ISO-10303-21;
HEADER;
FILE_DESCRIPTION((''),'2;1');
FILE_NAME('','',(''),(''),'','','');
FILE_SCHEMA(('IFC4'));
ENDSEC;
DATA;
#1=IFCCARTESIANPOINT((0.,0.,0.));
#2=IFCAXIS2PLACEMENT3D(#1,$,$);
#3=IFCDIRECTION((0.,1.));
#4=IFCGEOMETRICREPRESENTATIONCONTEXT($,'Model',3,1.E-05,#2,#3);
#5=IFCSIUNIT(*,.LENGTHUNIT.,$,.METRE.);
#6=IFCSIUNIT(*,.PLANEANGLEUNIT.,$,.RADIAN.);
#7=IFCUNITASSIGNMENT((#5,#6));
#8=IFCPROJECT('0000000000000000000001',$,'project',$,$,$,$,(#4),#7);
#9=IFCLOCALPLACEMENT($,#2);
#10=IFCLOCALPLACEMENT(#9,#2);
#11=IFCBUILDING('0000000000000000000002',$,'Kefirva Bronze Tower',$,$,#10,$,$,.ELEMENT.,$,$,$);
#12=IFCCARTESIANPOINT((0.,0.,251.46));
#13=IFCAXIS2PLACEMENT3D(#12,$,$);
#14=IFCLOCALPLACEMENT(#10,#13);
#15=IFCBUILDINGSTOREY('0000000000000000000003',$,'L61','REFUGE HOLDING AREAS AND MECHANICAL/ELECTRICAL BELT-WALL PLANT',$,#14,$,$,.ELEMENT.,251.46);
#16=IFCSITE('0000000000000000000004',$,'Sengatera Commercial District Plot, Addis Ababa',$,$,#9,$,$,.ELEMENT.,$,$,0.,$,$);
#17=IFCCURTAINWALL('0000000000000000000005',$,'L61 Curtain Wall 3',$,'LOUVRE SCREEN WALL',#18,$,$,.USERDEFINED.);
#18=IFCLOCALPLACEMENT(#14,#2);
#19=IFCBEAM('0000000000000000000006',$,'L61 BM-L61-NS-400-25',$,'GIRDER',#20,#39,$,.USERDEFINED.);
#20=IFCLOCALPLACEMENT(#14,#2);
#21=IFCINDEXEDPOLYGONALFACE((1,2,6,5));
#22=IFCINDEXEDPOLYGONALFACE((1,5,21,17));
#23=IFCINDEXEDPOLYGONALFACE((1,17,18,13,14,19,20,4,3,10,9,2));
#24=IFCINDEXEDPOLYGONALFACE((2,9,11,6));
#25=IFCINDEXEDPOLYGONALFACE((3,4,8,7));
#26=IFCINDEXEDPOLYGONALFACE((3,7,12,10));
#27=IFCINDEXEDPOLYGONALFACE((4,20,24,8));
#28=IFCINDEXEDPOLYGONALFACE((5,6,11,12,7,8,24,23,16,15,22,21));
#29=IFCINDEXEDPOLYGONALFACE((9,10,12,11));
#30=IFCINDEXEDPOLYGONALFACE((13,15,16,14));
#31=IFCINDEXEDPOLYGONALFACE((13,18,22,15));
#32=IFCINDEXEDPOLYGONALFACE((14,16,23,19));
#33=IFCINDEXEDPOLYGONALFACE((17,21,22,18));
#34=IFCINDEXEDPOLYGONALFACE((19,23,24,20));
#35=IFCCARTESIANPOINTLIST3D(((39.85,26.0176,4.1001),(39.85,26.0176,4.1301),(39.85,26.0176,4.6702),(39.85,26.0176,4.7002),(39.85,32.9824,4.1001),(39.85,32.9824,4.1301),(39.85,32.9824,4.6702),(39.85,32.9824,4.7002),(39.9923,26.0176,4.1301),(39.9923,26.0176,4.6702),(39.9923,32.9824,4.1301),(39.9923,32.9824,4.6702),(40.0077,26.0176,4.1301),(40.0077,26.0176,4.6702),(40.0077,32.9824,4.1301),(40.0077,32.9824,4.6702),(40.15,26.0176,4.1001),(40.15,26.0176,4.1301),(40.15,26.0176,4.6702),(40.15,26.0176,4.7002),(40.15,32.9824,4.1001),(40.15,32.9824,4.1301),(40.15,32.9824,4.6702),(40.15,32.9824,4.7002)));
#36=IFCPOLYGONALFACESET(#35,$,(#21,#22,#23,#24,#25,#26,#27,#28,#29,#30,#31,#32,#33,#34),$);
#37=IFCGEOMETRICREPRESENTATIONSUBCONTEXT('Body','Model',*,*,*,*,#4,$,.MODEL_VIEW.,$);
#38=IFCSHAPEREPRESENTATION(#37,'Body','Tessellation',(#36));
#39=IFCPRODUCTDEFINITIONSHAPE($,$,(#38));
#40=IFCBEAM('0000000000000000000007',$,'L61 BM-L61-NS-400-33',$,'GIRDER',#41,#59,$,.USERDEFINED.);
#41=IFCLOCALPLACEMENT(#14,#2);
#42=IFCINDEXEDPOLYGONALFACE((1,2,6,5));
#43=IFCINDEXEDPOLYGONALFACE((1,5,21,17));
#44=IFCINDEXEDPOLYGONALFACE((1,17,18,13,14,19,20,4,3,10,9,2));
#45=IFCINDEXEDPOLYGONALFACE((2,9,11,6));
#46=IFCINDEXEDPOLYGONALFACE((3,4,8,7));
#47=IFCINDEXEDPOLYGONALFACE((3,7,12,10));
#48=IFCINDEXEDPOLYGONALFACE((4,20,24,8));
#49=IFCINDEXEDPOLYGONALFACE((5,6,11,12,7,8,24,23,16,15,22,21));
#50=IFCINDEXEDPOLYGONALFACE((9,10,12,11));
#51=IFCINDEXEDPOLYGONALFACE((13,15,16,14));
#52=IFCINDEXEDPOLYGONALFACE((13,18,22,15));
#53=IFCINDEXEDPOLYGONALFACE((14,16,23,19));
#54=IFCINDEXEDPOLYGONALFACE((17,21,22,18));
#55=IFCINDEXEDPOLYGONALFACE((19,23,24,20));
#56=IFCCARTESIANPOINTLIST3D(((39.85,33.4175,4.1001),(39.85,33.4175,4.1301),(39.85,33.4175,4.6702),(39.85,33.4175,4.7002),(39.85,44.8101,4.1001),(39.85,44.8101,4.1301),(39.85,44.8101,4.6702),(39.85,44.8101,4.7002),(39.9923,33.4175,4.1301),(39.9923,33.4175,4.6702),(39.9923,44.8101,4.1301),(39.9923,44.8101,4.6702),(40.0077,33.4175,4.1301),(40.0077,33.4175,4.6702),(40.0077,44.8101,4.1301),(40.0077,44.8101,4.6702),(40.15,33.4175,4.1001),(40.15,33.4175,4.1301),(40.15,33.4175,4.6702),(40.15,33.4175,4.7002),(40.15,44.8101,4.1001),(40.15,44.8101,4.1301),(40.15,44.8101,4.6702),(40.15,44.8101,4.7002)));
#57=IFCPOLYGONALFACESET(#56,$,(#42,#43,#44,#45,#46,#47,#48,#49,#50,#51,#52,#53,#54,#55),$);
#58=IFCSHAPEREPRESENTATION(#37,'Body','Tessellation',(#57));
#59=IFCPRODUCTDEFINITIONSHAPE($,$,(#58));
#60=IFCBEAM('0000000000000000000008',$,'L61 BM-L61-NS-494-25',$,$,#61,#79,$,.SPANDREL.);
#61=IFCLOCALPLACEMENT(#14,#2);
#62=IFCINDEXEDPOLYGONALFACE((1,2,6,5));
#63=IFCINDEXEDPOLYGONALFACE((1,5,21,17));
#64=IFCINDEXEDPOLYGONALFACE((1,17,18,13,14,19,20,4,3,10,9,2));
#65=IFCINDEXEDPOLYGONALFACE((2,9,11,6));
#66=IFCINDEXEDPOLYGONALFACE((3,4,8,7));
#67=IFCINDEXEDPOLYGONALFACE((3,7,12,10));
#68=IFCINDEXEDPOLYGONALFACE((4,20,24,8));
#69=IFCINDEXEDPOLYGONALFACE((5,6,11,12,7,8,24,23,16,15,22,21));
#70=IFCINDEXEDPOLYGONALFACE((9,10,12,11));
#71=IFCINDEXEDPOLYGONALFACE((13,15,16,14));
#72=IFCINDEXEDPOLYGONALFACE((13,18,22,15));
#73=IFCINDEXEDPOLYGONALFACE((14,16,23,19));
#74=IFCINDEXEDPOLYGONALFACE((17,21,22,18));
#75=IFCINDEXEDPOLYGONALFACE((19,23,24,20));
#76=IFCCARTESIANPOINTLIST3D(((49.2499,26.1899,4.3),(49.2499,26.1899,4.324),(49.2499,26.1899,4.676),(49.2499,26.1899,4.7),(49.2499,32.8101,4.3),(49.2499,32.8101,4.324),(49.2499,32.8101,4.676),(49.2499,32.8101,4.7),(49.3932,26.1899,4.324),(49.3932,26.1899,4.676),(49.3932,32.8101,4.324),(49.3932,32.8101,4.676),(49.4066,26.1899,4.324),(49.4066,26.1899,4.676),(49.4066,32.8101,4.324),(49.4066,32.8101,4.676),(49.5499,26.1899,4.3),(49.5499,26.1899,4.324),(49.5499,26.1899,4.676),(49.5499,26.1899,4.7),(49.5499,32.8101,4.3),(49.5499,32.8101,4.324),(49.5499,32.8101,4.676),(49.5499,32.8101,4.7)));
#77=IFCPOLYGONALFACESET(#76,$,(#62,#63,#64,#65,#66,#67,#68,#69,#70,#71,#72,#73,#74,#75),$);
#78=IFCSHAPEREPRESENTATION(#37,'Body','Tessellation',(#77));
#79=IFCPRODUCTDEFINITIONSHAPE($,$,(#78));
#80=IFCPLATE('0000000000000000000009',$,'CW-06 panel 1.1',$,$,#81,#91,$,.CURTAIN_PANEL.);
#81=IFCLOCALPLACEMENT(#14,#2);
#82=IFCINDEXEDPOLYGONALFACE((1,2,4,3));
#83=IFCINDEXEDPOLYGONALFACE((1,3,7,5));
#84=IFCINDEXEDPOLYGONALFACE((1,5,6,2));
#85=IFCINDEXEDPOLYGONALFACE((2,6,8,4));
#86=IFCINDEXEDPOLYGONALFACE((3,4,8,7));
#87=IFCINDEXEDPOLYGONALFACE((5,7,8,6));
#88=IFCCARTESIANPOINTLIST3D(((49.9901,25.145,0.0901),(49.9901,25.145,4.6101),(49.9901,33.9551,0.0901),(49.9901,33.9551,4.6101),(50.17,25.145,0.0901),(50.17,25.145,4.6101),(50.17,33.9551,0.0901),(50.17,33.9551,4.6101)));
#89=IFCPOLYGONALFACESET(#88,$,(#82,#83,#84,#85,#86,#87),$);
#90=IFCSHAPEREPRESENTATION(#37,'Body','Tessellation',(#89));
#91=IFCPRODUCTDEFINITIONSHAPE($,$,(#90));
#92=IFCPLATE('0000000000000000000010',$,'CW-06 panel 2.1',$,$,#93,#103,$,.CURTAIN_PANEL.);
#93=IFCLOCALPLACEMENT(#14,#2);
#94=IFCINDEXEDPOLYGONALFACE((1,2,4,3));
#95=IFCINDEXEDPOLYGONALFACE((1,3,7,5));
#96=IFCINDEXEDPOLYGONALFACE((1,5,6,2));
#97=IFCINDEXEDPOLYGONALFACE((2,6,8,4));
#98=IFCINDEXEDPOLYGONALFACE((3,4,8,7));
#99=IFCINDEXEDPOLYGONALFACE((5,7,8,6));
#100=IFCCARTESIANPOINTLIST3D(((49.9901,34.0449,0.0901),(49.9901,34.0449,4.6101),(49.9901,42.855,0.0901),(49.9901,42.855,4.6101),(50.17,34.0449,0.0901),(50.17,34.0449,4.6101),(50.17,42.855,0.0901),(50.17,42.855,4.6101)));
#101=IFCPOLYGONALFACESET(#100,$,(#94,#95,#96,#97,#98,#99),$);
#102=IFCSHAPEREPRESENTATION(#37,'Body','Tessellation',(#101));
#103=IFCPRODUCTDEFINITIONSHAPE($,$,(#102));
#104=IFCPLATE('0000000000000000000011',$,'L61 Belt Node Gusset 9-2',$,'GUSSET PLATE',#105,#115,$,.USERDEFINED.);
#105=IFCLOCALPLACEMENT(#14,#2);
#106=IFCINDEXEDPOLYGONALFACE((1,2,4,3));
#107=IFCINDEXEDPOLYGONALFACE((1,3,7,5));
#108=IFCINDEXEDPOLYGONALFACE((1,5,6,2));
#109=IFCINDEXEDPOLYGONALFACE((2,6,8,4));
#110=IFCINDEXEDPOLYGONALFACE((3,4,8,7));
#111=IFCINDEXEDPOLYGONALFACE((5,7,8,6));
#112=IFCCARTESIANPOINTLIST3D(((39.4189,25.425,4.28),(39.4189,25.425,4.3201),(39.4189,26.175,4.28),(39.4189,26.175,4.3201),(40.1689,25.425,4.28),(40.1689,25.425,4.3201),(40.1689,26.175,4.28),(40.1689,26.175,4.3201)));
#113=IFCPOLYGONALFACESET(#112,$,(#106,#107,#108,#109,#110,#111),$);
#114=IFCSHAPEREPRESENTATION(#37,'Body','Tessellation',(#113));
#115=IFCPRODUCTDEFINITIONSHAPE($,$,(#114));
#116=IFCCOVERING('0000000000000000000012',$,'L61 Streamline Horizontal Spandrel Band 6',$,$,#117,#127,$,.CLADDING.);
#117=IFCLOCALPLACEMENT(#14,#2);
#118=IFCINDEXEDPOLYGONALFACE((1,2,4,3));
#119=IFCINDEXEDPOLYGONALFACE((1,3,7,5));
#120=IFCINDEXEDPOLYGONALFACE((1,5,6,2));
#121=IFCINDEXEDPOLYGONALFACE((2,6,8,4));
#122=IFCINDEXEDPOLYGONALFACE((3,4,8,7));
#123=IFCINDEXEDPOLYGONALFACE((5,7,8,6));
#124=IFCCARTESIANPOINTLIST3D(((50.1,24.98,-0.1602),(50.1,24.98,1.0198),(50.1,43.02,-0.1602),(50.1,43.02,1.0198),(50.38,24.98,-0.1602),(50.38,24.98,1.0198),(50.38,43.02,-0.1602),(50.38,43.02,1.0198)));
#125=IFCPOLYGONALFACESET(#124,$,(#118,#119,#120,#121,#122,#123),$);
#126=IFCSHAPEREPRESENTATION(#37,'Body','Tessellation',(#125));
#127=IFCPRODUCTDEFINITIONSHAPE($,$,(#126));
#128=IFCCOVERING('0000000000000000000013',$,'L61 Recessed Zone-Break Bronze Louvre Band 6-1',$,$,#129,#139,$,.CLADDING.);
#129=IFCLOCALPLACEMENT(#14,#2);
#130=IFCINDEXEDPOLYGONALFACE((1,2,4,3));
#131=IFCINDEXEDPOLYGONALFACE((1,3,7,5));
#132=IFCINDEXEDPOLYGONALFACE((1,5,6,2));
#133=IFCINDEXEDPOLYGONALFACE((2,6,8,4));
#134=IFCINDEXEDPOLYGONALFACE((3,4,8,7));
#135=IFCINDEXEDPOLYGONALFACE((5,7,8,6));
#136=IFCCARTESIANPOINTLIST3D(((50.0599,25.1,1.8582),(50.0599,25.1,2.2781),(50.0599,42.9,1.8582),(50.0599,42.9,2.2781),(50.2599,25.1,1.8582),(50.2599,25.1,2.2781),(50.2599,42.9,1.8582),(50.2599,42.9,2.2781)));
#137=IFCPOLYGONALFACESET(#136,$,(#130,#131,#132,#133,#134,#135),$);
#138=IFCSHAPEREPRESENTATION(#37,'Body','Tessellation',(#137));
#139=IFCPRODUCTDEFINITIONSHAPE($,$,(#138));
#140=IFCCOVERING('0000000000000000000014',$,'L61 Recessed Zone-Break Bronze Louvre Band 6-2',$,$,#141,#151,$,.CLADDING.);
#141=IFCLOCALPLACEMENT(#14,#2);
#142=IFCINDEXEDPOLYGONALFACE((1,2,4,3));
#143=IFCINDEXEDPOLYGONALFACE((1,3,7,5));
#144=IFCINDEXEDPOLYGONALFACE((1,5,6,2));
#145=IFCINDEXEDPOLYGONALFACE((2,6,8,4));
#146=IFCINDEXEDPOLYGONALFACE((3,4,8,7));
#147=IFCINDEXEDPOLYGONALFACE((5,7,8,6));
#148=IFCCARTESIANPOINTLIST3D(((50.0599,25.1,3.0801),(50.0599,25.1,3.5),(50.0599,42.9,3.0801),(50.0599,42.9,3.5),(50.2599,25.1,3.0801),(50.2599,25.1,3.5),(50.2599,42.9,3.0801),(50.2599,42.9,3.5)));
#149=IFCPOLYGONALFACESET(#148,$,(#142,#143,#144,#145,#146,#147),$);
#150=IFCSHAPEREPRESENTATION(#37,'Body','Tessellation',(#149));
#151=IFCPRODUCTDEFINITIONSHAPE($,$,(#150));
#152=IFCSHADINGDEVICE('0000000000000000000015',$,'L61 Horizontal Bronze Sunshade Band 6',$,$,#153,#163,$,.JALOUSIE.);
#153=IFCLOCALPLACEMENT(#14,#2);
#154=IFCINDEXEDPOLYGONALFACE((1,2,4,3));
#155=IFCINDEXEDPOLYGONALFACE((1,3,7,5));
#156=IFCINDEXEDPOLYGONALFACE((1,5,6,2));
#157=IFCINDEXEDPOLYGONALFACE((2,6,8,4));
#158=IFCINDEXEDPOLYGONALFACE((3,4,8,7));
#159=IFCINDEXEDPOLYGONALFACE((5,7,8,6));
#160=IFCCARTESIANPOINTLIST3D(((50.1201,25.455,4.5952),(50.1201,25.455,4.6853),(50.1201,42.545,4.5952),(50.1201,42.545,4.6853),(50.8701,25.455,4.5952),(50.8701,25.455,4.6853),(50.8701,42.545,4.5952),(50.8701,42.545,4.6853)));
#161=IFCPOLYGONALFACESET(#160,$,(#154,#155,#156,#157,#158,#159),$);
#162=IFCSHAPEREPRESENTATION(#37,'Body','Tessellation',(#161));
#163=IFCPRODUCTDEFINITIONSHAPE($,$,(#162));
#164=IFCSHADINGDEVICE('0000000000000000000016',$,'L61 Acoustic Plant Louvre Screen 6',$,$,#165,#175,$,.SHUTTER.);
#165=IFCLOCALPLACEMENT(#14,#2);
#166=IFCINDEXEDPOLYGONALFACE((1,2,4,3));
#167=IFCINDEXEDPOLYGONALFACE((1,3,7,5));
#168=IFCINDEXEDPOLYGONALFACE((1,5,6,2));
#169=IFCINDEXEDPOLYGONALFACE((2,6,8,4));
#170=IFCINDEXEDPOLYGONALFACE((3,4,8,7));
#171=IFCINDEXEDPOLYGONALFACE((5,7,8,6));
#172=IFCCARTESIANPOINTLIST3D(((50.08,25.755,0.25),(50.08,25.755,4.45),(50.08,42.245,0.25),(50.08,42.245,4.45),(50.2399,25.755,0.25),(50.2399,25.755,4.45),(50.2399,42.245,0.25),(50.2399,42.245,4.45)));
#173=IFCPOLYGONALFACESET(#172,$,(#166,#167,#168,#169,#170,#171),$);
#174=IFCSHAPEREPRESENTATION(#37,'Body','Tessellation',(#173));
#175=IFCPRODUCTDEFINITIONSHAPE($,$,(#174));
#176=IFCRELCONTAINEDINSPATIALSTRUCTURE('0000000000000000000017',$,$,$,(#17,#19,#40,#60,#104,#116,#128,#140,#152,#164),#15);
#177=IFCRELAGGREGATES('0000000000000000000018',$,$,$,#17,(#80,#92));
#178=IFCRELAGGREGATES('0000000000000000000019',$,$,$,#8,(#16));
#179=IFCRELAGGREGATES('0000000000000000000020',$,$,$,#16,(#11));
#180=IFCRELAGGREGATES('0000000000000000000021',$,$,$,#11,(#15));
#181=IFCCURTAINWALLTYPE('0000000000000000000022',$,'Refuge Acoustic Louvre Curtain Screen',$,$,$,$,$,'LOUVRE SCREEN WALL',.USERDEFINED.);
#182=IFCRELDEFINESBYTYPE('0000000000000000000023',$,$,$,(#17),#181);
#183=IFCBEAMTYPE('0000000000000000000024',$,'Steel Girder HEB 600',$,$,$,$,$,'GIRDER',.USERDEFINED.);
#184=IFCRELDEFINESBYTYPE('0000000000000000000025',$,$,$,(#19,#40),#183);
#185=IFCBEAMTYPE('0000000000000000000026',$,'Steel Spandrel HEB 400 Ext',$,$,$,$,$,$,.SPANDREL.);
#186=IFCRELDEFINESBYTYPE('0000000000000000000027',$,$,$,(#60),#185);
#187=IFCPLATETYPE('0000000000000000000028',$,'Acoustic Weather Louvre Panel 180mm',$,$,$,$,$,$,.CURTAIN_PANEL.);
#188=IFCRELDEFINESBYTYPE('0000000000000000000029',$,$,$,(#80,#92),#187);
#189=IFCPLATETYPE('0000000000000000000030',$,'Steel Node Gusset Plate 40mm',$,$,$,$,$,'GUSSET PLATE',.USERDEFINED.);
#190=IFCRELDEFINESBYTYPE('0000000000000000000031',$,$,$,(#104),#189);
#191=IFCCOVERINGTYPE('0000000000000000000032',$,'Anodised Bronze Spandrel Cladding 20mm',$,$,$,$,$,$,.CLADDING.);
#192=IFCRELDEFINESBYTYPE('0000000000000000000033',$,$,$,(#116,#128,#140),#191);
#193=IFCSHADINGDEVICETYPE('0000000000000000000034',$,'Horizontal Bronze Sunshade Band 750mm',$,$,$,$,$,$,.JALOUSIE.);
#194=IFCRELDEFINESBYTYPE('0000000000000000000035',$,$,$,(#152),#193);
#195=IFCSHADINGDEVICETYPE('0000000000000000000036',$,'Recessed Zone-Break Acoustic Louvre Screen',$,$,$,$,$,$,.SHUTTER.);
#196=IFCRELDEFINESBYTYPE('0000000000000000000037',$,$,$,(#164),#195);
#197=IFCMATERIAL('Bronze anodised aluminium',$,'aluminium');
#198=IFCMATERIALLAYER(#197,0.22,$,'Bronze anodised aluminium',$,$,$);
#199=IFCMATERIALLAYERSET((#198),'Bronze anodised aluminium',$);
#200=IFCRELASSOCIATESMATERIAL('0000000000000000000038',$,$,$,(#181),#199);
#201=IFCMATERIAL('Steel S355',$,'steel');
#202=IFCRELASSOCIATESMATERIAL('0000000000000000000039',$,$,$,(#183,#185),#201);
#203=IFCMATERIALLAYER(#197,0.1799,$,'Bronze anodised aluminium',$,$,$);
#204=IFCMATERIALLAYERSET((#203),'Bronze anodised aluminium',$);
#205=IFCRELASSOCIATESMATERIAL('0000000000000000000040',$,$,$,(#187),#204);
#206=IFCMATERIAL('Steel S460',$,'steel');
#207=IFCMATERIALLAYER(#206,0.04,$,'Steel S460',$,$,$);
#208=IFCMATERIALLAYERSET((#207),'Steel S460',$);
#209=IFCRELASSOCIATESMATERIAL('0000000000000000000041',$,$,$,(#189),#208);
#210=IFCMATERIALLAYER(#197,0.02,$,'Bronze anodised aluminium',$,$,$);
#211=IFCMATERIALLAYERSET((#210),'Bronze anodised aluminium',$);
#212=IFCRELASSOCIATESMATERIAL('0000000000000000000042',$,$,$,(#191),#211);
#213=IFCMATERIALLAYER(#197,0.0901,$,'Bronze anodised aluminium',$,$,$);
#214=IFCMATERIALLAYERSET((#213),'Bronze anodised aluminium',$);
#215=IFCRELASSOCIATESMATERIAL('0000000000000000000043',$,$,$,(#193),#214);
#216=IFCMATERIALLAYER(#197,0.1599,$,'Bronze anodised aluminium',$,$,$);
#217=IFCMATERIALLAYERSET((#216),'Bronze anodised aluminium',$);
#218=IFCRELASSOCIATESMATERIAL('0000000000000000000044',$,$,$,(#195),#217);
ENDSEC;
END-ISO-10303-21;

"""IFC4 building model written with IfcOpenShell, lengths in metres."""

from ifc_helpers import new_model, si_unit, direction, frame, origin, origin_2d, place, context, subcontext, project, spatial, rectangle, i_section, extrude, material, layer, layer_set, material_profile, profile_set, type_object, element, aggregate, save


model = new_model("IFC4")

# Units and contexts
model_context = context("Model", 3, precision=1e-05, world=origin(), true_north=direction((0.0, 1.0)))
body_context = subcontext(model_context, "Body", "Model", "MODEL_VIEW")
ifc_project = project(units=[si_unit("LENGTHUNIT", "METRE"), si_unit("PLANEANGLEUNIT", "RADIAN")], contexts=[model_context])

# Site, building, storey
site_placement = place(None, origin())
site = spatial("IfcSite", under=ifc_project, at=site_placement, Name="Sengatera Commercial District Plot, Addis Ababa", CompositionType="ELEMENT", RefElevation=0.0)
building_placement = place(site_placement, origin())
building = spatial("IfcBuilding", under=site, at=building_placement, Name="Kefirva Bronze Tower", CompositionType="ELEMENT")
storey_placement = place(building_placement, frame((0.0, 0.0, 251.46)))
storey = spatial("IfcBuildingStorey", under=building, at=storey_placement, Name="L61", Description="REFUGE HOLDING AREAS AND MECHANICAL/ELECTRICAL BELT-WALL PLANT", CompositionType="ELEMENT", Elevation=251.46)

# Shared definitions
ifc_material_1 = material(Name="Steel S460", Category="steel")

# Curtain wall
ifc_material_2 = material(Name="Bronze anodised aluminium", Category="aluminium")
ifc_layer_1 = layer(ifc_material_2, 0.22, Name="Bronze anodised aluminium")
ifc_layer_set_1 = layer_set([ifc_layer_1], Name="Bronze anodised aluminium")
curtain_wall_type = type_object("IfcCurtainWallType", Name="Refuge Acoustic Louvre Curtain Screen", ElementType="LOUVRE SCREEN WALL", PredefinedType="USERDEFINED", material=ifc_layer_set_1)
curtain_wall_placement = place(storey_placement, origin())
curtain_wall = element("IfcCurtainWall", 1, at=curtain_wall_placement, inside=storey, type_object=curtain_wall_type, Name="L61 Curtain Wall 3", ObjectType="LOUVRE SCREEN WALL", PredefinedType="USERDEFINED")

# Beams
ifc_material_3 = material(Name="Steel S355", Category="steel")
ifc_material_profile_1 = material_profile(ifc_material_3, i_section(OverallWidth=0.3, OverallDepth=0.6001, WebThickness=0.0154, FlangeThickness=0.03, at=origin_2d()), Name="HEB 600")
ifc_profile_set_1 = profile_set([ifc_material_profile_1], Name="Steel S355")
beam_type_1 = type_object("IfcBeamType", Name="Steel Girder HEB 600", ElementType="GIRDER", PredefinedType="USERDEFINED", material=ifc_profile_set_1)
beam_1_placement = place(storey_placement, frame((40.0, 26.0176, 4.4001), z_axis=(0.0, 1.0, 0.0), x_axis=(-1.0, 0.0, 0.0)))
element("IfcBeam", 2, at=beam_1_placement, inside=storey, type_object=beam_type_1, Name="L61 BM-L61-NS-400-25", ObjectType="GIRDER", PredefinedType="USERDEFINED", context=body_context, shape_type="SweptSolid", body=[
    extrude(i_section(OverallWidth=0.3, OverallDepth=0.6001, WebThickness=0.0154, FlangeThickness=0.03, at=origin_2d()), origin(), (0.0, 0.0, 1.0), 6.9648),
])
beam_2_placement = place(storey_placement, frame((40.0, 33.4175, 4.4001), z_axis=(0.0, 1.0, 0.0), x_axis=(-1.0, 0.0, 0.0)))
element("IfcBeam", 3, at=beam_2_placement, inside=storey, type_object=beam_type_1, Name="L61 BM-L61-NS-400-33", ObjectType="GIRDER", PredefinedType="USERDEFINED", context=body_context, shape_type="SweptSolid", body=[
    extrude(i_section(OverallWidth=0.3, OverallDepth=0.6001, WebThickness=0.0154, FlangeThickness=0.03, at=origin_2d()), origin(), (0.0, 0.0, 1.0), 11.3926),
])
ifc_material_profile_2 = material_profile(ifc_material_3, i_section(OverallWidth=0.3, OverallDepth=0.3999, WebThickness=0.0134, FlangeThickness=0.0239, at=origin_2d()), Name="HEB 400")
ifc_profile_set_2 = profile_set([ifc_material_profile_2], Name="Steel S355")
beam_type_2 = type_object("IfcBeamType", Name="Steel Spandrel HEB 400 Ext", PredefinedType="SPANDREL", material=ifc_profile_set_2)
beam_3_placement = place(storey_placement, frame((49.3999, 26.1899, 4.5), z_axis=(0.0, 1.0, 0.0), x_axis=(-1.0, 0.0, 0.0)))
element("IfcBeam", 4, at=beam_3_placement, inside=storey, type_object=beam_type_2, Name="L61 BM-L61-NS-494-25", PredefinedType="SPANDREL", context=body_context, shape_type="SweptSolid", body=[
    extrude(i_section(OverallWidth=0.3, OverallDepth=0.3999, WebThickness=0.0134, FlangeThickness=0.0239, at=origin_2d()), origin(), (0.0, 0.0, 1.0), 6.6201),
])

# Plates
ifc_layer_2 = layer(ifc_material_2, 0.1799, Name="Bronze anodised aluminium")
ifc_layer_set_2 = layer_set([ifc_layer_2], Name="Bronze anodised aluminium")
plate_type_1 = type_object("IfcPlateType", Name="Acoustic Weather Louvre Panel 180mm", PredefinedType="CURTAIN_PANEL", material=ifc_layer_set_2)
plate_1_placement = place(storey_placement, frame((50.0801, 29.55, 0.0901), z_axis=(0.0, 0.0, 1.0), x_axis=(0.0, 1.0, 0.0)))
plate_1 = element("IfcPlate", 5, at=plate_1_placement, type_object=plate_type_1, Name="CW-06 panel 1.1", PredefinedType="CURTAIN_PANEL", context=body_context, shape_type="SweptSolid", body=[
    extrude(rectangle(XDim=8.8101, YDim=0.1799, at=origin_2d()), origin(), (0.0, 0.0, 1.0), 4.52),
])
plate_2_placement = place(storey_placement, frame((50.0801, 38.45, 0.0901), z_axis=(0.0, 0.0, 1.0), x_axis=(0.0, 1.0, 0.0)))
plate_2 = element("IfcPlate", 6, at=plate_2_placement, type_object=plate_type_1, Name="CW-06 panel 2.1", PredefinedType="CURTAIN_PANEL", context=body_context, shape_type="SweptSolid", body=[
    extrude(rectangle(XDim=8.8101, YDim=0.1799, at=origin_2d()), origin(), (0.0, 0.0, 1.0), 4.52),
])
aggregate(curtain_wall, [plate_1, plate_2])
ifc_layer_3 = layer(ifc_material_1, 0.04, Name="Steel S460")
ifc_layer_set_3 = layer_set([ifc_layer_3], Name="Steel S460")
plate_type_2 = type_object("IfcPlateType", Name="Steel Node Gusset Plate 40mm", ElementType="GUSSET PLATE", PredefinedType="USERDEFINED", material=ifc_layer_set_3)
plate_3_placement = place(storey_placement, frame((39.7939, 25.8, 4.28), z_axis=(0.0, 0.0, 1.0), x_axis=(1.0, 0.0, 0.0)))
element("IfcPlate", 7, at=plate_3_placement, inside=storey, type_object=plate_type_2, Name="L61 Belt Node Gusset 9-2", ObjectType="GUSSET PLATE", PredefinedType="USERDEFINED", context=body_context, shape_type="SweptSolid", body=[
    extrude(rectangle(XDim=0.75, YDim=0.75, at=origin_2d()), origin(), (0.0, 0.0, 1.0), 0.04),
])

# Coverings
ifc_layer_4 = layer(ifc_material_2, 0.02, Name="Bronze anodised aluminium")
ifc_layer_set_4 = layer_set([ifc_layer_4], Name="Bronze anodised aluminium")
covering_type_1 = type_object("IfcCoveringType", Name="Anodised Bronze Spandrel Cladding 20mm", PredefinedType="CLADDING", material=ifc_layer_set_4)
covering_1_placement = place(storey_placement, frame((50.24, 34.0, -0.1602), z_axis=(0.0, 0.0, 1.0), x_axis=(0.0, 1.0, 0.0)))
element("IfcCovering", 8, at=covering_1_placement, inside=storey, type_object=covering_type_1, Name="L61 Streamline Horizontal Spandrel Band 6", PredefinedType="CLADDING", context=body_context, shape_type="SweptSolid", body=[
    extrude(rectangle(XDim=18.04, YDim=0.28, at=origin_2d()), origin(), (0.0, 0.0, 1.0), 1.1799),
])
for number, where, z_axis, x_axis, name in (
    (9, (50.1599, 34.0, 1.8582), (0.0, 0.0, 1.0), (0.0, 1.0, 0.0), "L61 Recessed Zone-Break Bronze Louvre Band 6-1"),
    (10, (50.1599, 34.0, 3.0801), (0.0, 0.0, 1.0), (0.0, 1.0, 0.0), "L61 Recessed Zone-Break Bronze Louvre Band 6-2"),
):
    element("IfcCovering", number, at=place(storey_placement, frame(where, z_axis=z_axis, x_axis=x_axis)), inside=storey, type_object=covering_type_1, Name=name, PredefinedType="CLADDING", context=body_context, shape_type="SweptSolid", body=[
        extrude(rectangle(XDim=17.8, YDim=0.2, at=origin_2d()), origin(), (0.0, 0.0, 1.0), 0.4199),
    ])

# Shading devices
ifc_layer_5 = layer(ifc_material_2, 0.0901, Name="Bronze anodised aluminium")
ifc_layer_set_5 = layer_set([ifc_layer_5], Name="Bronze anodised aluminium")
shading_device_type_1 = type_object("IfcShadingDeviceType", Name="Horizontal Bronze Sunshade Band 750mm", PredefinedType="JALOUSIE", material=ifc_layer_set_5)
shading_device_1_placement = place(storey_placement, frame((50.4951, 34.0, 4.5952), z_axis=(0.0, 0.0, 1.0), x_axis=(0.0, 1.0, 0.0)))
element("IfcShadingDevice", 11, at=shading_device_1_placement, inside=storey, type_object=shading_device_type_1, Name="L61 Horizontal Bronze Sunshade Band 6", PredefinedType="JALOUSIE", context=body_context, shape_type="SweptSolid", body=[
    extrude(rectangle(XDim=17.0901, YDim=0.75, at=origin_2d()), origin(), (0.0, 0.0, 1.0), 0.0901),
])
ifc_layer_6 = layer(ifc_material_2, 0.1599, Name="Bronze anodised aluminium")
ifc_layer_set_6 = layer_set([ifc_layer_6], Name="Bronze anodised aluminium")
shading_device_type_2 = type_object("IfcShadingDeviceType", Name="Recessed Zone-Break Acoustic Louvre Screen", PredefinedType="SHUTTER", material=ifc_layer_set_6)
shading_device_2_placement = place(storey_placement, frame((50.1599, 34.0, 0.25), z_axis=(0.0, 0.0, 1.0), x_axis=(0.0, 1.0, 0.0)))
element("IfcShadingDevice", 12, at=shading_device_2_placement, inside=storey, type_object=shading_device_type_2, Name="L61 Acoustic Plant Louvre Screen 6", PredefinedType="SHUTTER", context=body_context, shape_type="SweptSolid", body=[
    extrude(rectangle(XDim=16.49, YDim=0.1599, at=origin_2d()), origin(), (0.0, 0.0, 1.0), 4.2),
])

save(model, "model.ifc")
